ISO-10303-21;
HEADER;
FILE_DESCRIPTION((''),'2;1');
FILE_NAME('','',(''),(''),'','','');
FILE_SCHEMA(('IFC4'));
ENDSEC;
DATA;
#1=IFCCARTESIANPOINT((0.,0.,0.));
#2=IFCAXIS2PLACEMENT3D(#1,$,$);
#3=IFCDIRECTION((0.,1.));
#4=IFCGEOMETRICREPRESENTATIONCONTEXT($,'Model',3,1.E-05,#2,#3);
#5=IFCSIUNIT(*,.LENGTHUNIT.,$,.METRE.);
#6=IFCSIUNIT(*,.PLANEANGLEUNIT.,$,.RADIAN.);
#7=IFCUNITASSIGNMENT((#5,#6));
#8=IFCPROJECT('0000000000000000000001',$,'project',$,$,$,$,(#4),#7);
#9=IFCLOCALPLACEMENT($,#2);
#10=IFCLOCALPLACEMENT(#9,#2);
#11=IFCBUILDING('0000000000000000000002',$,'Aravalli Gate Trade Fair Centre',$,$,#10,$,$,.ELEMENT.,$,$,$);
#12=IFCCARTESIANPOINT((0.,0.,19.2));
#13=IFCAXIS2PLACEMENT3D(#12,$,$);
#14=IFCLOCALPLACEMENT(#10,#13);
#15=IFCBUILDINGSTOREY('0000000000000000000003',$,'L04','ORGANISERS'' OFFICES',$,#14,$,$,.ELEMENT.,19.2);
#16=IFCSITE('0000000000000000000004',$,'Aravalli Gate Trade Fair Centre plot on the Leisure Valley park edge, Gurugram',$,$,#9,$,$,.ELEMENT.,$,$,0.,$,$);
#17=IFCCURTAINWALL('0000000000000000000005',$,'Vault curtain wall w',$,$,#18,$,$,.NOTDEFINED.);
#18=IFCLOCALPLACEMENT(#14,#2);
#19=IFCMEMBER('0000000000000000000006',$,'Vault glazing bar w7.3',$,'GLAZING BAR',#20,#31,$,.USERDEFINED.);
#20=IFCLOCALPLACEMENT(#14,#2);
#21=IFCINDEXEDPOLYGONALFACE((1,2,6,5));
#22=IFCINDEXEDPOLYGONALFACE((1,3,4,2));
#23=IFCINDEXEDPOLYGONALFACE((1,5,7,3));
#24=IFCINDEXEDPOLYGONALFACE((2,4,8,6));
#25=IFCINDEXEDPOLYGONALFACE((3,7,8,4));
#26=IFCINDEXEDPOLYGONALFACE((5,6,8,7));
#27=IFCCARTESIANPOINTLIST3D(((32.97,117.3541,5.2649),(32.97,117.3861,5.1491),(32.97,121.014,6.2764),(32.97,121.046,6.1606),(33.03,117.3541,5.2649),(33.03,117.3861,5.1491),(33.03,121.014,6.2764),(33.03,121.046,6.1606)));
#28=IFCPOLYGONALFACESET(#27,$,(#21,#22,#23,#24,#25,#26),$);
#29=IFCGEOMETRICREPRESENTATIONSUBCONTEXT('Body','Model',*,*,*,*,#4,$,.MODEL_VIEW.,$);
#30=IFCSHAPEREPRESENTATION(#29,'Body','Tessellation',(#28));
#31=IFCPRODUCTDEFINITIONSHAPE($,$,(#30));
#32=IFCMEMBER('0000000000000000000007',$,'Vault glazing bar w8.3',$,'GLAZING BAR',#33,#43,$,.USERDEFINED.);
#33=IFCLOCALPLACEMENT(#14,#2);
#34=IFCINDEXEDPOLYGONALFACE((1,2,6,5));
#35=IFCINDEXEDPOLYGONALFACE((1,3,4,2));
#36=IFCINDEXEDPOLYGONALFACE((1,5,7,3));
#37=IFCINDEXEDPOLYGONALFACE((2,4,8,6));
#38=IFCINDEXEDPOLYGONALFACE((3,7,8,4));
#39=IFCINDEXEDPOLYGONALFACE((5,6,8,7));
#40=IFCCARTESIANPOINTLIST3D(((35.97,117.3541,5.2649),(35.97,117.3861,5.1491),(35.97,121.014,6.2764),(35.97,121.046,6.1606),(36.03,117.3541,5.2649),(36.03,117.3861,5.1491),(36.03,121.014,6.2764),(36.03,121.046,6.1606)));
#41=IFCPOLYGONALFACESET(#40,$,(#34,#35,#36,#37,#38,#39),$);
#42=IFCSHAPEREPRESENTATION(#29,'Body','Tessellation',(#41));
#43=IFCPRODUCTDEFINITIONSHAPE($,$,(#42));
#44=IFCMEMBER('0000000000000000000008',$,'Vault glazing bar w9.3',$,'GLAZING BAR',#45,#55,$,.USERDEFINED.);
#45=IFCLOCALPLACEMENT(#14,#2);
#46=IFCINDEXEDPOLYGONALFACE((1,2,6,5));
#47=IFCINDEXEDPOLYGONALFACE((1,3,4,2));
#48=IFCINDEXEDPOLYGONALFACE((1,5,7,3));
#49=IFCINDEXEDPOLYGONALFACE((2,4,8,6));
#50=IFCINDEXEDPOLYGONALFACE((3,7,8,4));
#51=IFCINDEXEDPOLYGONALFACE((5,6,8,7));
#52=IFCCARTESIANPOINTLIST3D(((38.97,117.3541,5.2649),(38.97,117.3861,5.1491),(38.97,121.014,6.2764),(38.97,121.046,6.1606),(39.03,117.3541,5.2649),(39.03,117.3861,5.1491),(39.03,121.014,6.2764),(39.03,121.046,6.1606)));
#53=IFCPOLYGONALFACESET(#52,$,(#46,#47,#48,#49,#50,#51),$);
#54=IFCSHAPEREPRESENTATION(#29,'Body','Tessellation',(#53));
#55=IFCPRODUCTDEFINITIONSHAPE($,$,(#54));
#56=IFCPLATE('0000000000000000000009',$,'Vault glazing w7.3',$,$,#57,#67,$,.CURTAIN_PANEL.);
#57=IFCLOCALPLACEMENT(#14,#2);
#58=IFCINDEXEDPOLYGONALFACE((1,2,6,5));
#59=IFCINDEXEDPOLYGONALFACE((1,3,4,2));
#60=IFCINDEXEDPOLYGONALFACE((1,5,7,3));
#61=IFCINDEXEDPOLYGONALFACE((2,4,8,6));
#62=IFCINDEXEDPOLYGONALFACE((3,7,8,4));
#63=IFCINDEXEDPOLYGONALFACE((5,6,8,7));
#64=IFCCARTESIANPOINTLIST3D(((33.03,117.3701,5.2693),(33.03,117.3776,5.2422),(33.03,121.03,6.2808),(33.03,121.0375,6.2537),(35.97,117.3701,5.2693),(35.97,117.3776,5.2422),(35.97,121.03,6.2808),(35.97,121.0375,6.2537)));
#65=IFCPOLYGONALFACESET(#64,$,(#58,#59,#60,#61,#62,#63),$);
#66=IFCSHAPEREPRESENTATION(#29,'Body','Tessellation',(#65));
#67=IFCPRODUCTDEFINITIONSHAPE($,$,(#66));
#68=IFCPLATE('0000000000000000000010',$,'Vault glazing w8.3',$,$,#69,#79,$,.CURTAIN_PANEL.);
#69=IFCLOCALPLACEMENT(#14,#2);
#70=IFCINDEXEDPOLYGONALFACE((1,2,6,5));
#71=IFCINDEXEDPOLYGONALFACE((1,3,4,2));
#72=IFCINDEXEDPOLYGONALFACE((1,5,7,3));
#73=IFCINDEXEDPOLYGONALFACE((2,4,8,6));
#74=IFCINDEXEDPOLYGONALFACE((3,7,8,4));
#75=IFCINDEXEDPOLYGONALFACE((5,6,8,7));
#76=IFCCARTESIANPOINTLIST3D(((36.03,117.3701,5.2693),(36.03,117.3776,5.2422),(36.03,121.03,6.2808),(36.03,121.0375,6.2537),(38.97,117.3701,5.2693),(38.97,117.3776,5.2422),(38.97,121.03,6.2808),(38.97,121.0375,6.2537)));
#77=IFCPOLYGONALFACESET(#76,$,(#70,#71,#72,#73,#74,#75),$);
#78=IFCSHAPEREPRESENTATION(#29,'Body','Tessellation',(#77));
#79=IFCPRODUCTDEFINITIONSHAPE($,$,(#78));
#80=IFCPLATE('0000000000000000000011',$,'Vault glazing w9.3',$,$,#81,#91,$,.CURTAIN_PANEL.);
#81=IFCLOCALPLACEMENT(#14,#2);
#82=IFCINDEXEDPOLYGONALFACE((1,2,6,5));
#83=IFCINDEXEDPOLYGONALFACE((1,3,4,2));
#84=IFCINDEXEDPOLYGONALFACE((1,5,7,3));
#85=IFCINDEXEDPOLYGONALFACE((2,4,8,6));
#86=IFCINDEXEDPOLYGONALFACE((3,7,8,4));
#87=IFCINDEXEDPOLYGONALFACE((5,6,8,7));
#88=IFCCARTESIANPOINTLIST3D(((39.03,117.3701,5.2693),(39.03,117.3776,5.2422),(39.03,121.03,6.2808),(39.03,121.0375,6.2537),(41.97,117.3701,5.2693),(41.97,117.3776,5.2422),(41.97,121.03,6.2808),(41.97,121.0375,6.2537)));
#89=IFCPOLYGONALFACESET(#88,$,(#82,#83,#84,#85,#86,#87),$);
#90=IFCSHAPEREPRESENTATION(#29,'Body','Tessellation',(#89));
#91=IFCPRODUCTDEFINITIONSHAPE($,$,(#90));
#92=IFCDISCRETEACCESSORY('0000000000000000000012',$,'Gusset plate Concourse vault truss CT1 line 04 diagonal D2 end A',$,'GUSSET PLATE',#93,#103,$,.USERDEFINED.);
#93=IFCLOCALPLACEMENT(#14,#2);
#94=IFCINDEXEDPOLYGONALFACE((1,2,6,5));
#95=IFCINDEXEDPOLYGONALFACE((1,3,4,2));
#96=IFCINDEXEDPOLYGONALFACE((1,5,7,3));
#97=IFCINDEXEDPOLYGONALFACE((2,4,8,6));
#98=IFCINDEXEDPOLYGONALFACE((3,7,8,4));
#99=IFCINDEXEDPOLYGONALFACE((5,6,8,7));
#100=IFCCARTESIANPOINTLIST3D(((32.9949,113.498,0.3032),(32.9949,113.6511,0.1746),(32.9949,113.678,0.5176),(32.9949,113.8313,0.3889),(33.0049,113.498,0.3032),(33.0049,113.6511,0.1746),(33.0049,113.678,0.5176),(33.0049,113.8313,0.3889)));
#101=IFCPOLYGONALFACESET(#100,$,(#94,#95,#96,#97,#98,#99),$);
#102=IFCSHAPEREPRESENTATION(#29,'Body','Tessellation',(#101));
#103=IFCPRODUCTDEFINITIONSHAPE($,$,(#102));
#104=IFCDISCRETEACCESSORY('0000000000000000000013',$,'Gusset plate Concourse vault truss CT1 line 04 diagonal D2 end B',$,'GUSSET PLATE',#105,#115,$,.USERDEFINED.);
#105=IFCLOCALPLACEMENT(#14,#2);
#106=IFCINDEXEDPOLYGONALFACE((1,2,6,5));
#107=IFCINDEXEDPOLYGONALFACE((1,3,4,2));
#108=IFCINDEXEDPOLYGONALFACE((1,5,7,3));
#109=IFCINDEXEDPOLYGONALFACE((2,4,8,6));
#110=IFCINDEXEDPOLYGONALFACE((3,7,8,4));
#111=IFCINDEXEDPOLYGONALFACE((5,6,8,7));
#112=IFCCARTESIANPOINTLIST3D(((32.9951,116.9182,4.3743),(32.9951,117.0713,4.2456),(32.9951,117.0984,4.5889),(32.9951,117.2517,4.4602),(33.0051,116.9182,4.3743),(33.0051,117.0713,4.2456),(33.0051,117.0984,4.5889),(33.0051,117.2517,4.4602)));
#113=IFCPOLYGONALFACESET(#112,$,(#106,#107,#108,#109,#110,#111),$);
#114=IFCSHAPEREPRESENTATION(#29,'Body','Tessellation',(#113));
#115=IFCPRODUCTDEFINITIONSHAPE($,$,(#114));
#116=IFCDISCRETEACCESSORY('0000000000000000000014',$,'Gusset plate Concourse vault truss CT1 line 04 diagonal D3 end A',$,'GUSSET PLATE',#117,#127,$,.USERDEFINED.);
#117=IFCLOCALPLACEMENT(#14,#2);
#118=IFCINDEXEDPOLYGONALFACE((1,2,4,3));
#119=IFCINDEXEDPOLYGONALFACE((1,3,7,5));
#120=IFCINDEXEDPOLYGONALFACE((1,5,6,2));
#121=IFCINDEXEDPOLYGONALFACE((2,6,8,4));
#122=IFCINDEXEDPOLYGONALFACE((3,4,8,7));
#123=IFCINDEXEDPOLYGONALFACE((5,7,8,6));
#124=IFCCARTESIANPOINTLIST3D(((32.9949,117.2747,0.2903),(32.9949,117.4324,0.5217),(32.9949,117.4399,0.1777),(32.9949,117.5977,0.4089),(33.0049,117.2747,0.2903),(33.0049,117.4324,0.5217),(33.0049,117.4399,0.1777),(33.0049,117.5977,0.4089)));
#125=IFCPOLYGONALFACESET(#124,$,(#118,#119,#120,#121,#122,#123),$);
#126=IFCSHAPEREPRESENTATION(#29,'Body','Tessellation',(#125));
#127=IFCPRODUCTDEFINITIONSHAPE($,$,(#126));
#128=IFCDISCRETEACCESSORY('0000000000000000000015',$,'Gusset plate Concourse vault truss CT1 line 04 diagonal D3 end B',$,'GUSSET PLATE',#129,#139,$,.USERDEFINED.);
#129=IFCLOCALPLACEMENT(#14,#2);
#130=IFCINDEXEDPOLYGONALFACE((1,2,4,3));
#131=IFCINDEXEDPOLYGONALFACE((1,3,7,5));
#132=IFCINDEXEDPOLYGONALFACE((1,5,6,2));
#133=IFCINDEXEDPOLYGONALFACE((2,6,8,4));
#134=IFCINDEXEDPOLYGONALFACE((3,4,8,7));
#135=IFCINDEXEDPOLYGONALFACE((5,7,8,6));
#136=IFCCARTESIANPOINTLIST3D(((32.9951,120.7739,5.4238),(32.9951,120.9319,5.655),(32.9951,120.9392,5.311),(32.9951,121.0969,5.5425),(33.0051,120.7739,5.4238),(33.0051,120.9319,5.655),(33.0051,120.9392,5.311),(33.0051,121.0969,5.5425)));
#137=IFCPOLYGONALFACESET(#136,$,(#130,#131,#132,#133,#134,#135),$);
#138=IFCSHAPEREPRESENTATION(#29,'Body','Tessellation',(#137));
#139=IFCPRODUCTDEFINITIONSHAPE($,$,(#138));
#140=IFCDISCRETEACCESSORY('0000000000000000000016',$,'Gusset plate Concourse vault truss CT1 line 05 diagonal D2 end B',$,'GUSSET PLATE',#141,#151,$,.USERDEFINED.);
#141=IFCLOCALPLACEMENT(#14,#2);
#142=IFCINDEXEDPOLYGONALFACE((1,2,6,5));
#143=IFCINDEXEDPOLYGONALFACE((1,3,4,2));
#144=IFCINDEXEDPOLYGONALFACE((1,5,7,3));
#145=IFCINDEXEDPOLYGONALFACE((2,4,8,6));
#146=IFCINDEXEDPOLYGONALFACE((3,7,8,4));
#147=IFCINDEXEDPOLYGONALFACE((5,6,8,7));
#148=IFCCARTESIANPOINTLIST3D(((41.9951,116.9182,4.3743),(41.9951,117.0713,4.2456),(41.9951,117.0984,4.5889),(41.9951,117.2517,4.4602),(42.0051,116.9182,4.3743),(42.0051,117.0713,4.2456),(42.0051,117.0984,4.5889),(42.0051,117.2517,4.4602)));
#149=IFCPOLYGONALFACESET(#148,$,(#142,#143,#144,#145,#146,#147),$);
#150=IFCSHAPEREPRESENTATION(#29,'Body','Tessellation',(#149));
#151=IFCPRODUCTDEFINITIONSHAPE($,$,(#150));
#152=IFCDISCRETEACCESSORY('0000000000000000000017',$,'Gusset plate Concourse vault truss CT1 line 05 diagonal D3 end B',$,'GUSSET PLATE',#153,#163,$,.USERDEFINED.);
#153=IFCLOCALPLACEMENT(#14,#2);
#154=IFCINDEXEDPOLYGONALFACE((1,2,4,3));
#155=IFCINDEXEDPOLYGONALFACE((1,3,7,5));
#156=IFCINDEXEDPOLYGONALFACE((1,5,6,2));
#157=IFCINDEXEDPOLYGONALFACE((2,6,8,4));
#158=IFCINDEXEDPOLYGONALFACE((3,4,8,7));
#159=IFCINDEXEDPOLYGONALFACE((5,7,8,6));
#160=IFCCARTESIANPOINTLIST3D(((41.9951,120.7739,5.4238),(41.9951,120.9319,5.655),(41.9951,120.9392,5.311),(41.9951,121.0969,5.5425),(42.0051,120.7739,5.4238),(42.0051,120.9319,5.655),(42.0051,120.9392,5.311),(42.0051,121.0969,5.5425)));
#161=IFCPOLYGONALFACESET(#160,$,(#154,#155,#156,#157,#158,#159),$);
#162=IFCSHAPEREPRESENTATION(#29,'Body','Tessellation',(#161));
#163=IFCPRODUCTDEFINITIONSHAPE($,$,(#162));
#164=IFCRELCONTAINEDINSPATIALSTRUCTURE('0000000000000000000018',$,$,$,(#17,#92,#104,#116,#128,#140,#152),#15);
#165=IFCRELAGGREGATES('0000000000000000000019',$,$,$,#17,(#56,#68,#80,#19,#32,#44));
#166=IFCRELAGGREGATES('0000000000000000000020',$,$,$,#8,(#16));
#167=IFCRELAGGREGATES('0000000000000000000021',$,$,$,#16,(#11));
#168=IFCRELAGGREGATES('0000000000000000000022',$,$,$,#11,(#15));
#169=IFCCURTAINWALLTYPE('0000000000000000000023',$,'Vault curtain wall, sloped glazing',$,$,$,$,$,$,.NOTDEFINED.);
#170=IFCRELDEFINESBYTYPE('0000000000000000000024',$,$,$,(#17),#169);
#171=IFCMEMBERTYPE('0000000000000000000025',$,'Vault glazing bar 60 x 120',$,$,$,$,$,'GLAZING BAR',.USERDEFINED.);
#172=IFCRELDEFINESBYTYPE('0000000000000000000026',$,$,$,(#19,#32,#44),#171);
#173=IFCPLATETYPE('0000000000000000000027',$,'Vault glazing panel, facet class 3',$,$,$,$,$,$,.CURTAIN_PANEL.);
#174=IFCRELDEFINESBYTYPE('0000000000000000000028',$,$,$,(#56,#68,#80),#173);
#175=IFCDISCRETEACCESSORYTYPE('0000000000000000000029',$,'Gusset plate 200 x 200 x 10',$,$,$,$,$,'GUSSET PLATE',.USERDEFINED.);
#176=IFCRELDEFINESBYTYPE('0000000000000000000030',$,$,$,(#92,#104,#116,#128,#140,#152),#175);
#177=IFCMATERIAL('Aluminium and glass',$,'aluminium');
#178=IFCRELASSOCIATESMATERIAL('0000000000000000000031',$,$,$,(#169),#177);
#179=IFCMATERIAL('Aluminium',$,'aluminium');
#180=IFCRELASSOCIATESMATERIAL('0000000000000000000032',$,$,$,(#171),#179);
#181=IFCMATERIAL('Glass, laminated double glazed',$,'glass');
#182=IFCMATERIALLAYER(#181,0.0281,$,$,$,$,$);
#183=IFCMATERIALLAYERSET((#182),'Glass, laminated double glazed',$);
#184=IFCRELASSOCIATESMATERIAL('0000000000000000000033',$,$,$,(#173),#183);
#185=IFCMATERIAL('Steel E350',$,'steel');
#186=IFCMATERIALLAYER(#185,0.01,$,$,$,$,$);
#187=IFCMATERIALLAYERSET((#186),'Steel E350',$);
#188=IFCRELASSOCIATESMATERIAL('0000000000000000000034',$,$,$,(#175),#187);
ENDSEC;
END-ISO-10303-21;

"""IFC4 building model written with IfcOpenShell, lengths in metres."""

from ifc_helpers import new_model, si_unit, direction, frame, origin, origin_2d, place, context, subcontext, project, spatial, polyline, rectangle, outline, extrude, material, layer, layer_set, material_profile, profile_set, type_object, element, aggregate, save


model = new_model("IFC4")

# Units and contexts
model_context = context("Model", 3, precision=1e-05, world=origin(), true_north=direction((0.0, 1.0)))
body_context = subcontext(model_context, "Body", "Model", "MODEL_VIEW")
ifc_project = project(units=[si_unit("LENGTHUNIT", "METRE"), si_unit("PLANEANGLEUNIT", "RADIAN")], contexts=[model_context])

# Site, building, storey
site_placement = place(None, origin())
site = spatial("IfcSite", under=ifc_project, at=site_placement, Name="Aravalli Gate Trade Fair Centre plot on the Leisure Valley park edge, Gurugram", CompositionType="ELEMENT", RefElevation=0.0)
building_placement = place(site_placement, origin())
building = spatial("IfcBuilding", under=site, at=building_placement, Name="Aravalli Gate Trade Fair Centre", CompositionType="ELEMENT")
storey_placement = place(building_placement, frame((0.0, 0.0, 19.2)))
storey = spatial("IfcBuildingStorey", under=building, at=storey_placement, Name="L04", Description="ORGANISERS' OFFICES", CompositionType="ELEMENT", Elevation=19.2)

# Shared definitions
ifc_material_1 = material(Name="Steel E350", Category="steel")
ifc_material_2 = material(Name="Aluminium", Category="aluminium")

# Curtain wall, members, plates
ifc_material_3 = material(Name="Aluminium and glass", Category="aluminium")
curtain_wall_type = type_object("IfcCurtainWallType", Name="Vault curtain wall, sloped glazing", PredefinedType="NOTDEFINED", material=ifc_material_3)
curtain_wall_placement = place(storey_placement, origin())
curtain_wall = element("IfcCurtainWall", 1, at=curtain_wall_placement, inside=storey, type_object=curtain_wall_type, Name="Vault curtain wall w", PredefinedType="NOTDEFINED")
ifc_material_profile_1 = material_profile(ifc_material_2, rectangle(XDim=0.0601, YDim=0.1201, at=origin_2d()), Name="Vault glazing bar 60 x 120")
ifc_profile_set_1 = profile_set([ifc_material_profile_1], Name="Aluminium")
member_type_1 = type_object("IfcMemberType", Name="Vault glazing bar 60 x 120", ElementType="GLAZING BAR", PredefinedType="USERDEFINED", material=ifc_profile_set_1)
member_1_placement = place(storey_placement, frame((33.0, 117.3701, 5.207), z_axis=(0.0, 0.963868, 0.26638), x_axis=(-1.0, 0.0, 0.0)))
member_1 = element("IfcMember", 2, at=member_1_placement, type_object=member_type_1, Name="Vault glazing bar w7.3", ObjectType="GLAZING BAR", PredefinedType="USERDEFINED", context=body_context, shape_type="SweptSolid", body=[
    extrude(rectangle(XDim=0.0601, YDim=0.1201, at=origin_2d()), origin(), (0.0, 0.0, 1.0), 3.7971),
])
member_2_placement = place(storey_placement, frame((36.0, 117.3701, 5.207), z_axis=(0.0, 0.963868, 0.26638), x_axis=(-1.0, 0.0, 0.0)))
member_2 = element("IfcMember", 3, at=member_2_placement, type_object=member_type_1, Name="Vault glazing bar w8.3", ObjectType="GLAZING BAR", PredefinedType="USERDEFINED", context=body_context, shape_type="SweptSolid", body=[
    extrude(rectangle(XDim=0.0601, YDim=0.1201, at=origin_2d()), origin(), (0.0, 0.0, 1.0), 3.7971),
])
member_3_placement = place(storey_placement, frame((39.0, 117.3701, 5.207), z_axis=(0.0, 0.963868, 0.26638), x_axis=(-1.0, 0.0, 0.0)))
member_3 = element("IfcMember", 4, at=member_3_placement, type_object=member_type_1, Name="Vault glazing bar w9.3", ObjectType="GLAZING BAR", PredefinedType="USERDEFINED", context=body_context, shape_type="SweptSolid", body=[
    extrude(rectangle(XDim=0.0601, YDim=0.1201, at=origin_2d()), origin(), (0.0, 0.0, 1.0), 3.7971),
])
ifc_material_4 = material(Name="Glass, laminated double glazed", Category="glass")
ifc_layer_1 = layer(ifc_material_4, 0.0281)
ifc_layer_set_1 = layer_set([ifc_layer_1], Name="Glass, laminated double glazed")
plate_type = type_object("IfcPlateType", Name="Vault glazing panel, facet class 3", PredefinedType="CURTAIN_PANEL", material=ifc_layer_set_1)
plate_1_placement = place(storey_placement, frame((33.03, 117.3701, 5.2693), z_axis=(0.0, -0.26638, 0.963868), x_axis=(1.0, 0.0, 0.0)))
plate_1 = element("IfcPlate", 5, at=plate_1_placement, type_object=plate_type, Name="Vault glazing w7.3", PredefinedType="CURTAIN_PANEL", context=body_context, shape_type="SweptSolid", body=[
    extrude(outline(polyline([(0.0, 0.0), (2.9399, 0.0), (2.9399, 3.7971), (0.0, 3.7971), (0.0, 0.0)])), origin(), (0.0, 0.0, -1.0), 0.0281),
])
plate_2_placement = place(storey_placement, frame((36.03, 117.3701, 5.2693), z_axis=(0.0, -0.26638, 0.963868), x_axis=(1.0, 0.0, 0.0)))
plate_2 = element("IfcPlate", 6, at=plate_2_placement, type_object=plate_type, Name="Vault glazing w8.3", PredefinedType="CURTAIN_PANEL", context=body_context, shape_type="SweptSolid", body=[
    extrude(outline(polyline([(0.0, 0.0), (2.9399, 0.0), (2.9399, 3.7971), (0.0, 3.7971), (0.0, 0.0)])), origin(), (0.0, 0.0, -1.0), 0.0281),
])
plate_3_placement = place(storey_placement, frame((39.03, 117.3701, 5.2693), z_axis=(0.0, -0.26638, 0.963868), x_axis=(1.0, 0.0, 0.0)))
plate_3 = element("IfcPlate", 7, at=plate_3_placement, type_object=plate_type, Name="Vault glazing w9.3", PredefinedType="CURTAIN_PANEL", context=body_context, shape_type="SweptSolid", body=[
    extrude(outline(polyline([(0.0, 0.0), (2.9399, 0.0), (2.9399, 3.7971), (0.0, 3.7971), (0.0, 0.0)])), origin(), (0.0, 0.0, -1.0), 0.0281),
])
aggregate(curtain_wall, [plate_1, plate_2, plate_3, member_1, member_2, member_3])

# Discrete accessories
ifc_layer_2 = layer(ifc_material_1, 0.01)
ifc_layer_set_2 = layer_set([ifc_layer_2], Name="Steel E350")
discrete_accessory_type = type_object("IfcDiscreteAccessoryType", Name="Gusset plate 200 x 200 x 10", ElementType="GUSSET PLATE", PredefinedType="USERDEFINED", material=ifc_layer_set_2)
discrete_accessory_1_placement = place(storey_placement, frame((33.0049, 113.678, 0.5176), z_axis=(1.0, 0.0, 0.0), x_axis=(0.0, -0.642926, -0.765928)))
element("IfcDiscreteAccessory", 8, at=discrete_accessory_1_placement, inside=storey, type_object=discrete_accessory_type, Name="Gusset plate Concourse vault truss CT1 line 04 diagonal D2 end A", ObjectType="GUSSET PLATE", PredefinedType="USERDEFINED", context=body_context, shape_type="SweptSolid", body=[
    extrude(outline(polyline([(0.0, 0.0), (0.2799, 0.0), (0.28, 0.2), (0.0, 0.2002), (0.0, 0.0)])), origin(), (0.0, 0.0, -1.0), 0.01),
])
discrete_accessory_2_placement = place(storey_placement, frame((32.9951, 116.9182, 4.3743), z_axis=(-1.0, 0.0, 0.0), x_axis=(0.0, 0.643008, 0.765859)))
element("IfcDiscreteAccessory", 9, at=discrete_accessory_2_placement, inside=storey, type_object=discrete_accessory_type, Name="Gusset plate Concourse vault truss CT1 line 04 diagonal D2 end B", ObjectType="GUSSET PLATE", PredefinedType="USERDEFINED", context=body_context, shape_type="SweptSolid", body=[
    extrude(outline(polyline([(0.0, 0.0), (0.2802, 0.0), (0.2803, 0.2002), (-0.0001, 0.2), (0.0, 0.0)])), origin(), (0.0, 0.0, -1.0), 0.01),
])
discrete_accessory_3_placement = place(storey_placement, frame((33.0049, 117.4324, 0.5217), z_axis=(1.0, 0.0, 0.0), x_axis=(0.0, -0.56312, -0.826375)))
element("IfcDiscreteAccessory", 10, at=discrete_accessory_3_placement, inside=storey, type_object=discrete_accessory_type, Name="Gusset plate Concourse vault truss CT1 line 04 diagonal D3 end A", ObjectType="GUSSET PLATE", PredefinedType="USERDEFINED", context=body_context, shape_type="SweptSolid", body=[
    extrude(outline(polyline([(0.0, 0.0), (0.2801, 0.0), (0.28, 0.2), (0.0001, 0.2001), (0.0, 0.0)])), origin(), (0.0, 0.0, -1.0), 0.01),
])
discrete_accessory_4_placement = place(storey_placement, frame((32.9951, 120.7739, 5.4238), z_axis=(-1.0, 0.0, 0.0), x_axis=(0.0, 0.564121, 0.825692)))
element("IfcDiscreteAccessory", 11, at=discrete_accessory_4_placement, inside=storey, type_object=discrete_accessory_type, Name="Gusset plate Concourse vault truss CT1 line 04 diagonal D3 end B", ObjectType="GUSSET PLATE", PredefinedType="USERDEFINED", context=body_context, shape_type="SweptSolid", body=[
    extrude(outline(polyline([(0.0, 0.0), (0.28, 0.0), (0.2802, 0.1998), (0.0001, 0.2001), (0.0, 0.0)])), origin(), (0.0, 0.0, -1.0), 0.01),
])
discrete_accessory_5_placement = place(storey_placement, frame((41.9951, 116.9182, 4.3743), z_axis=(-1.0, 0.0, 0.0), x_axis=(0.0, 0.643008, 0.765859)))
element("IfcDiscreteAccessory", 12, at=discrete_accessory_5_placement, inside=storey, type_object=discrete_accessory_type, Name="Gusset plate Concourse vault truss CT1 line 05 diagonal D2 end B", ObjectType="GUSSET PLATE", PredefinedType="USERDEFINED", context=body_context, shape_type="SweptSolid", body=[
    extrude(outline(polyline([(0.0, 0.0), (0.2802, 0.0), (0.2803, 0.2002), (-0.0001, 0.2), (0.0, 0.0)])), origin(), (0.0, 0.0, -1.0), 0.01),
])
discrete_accessory_6_placement = place(storey_placement, frame((41.9951, 120.7739, 5.4238), z_axis=(-1.0, 0.0, 0.0), x_axis=(0.0, 0.564121, 0.825692)))
element("IfcDiscreteAccessory", 13, at=discrete_accessory_6_placement, inside=storey, type_object=discrete_accessory_type, Name="Gusset plate Concourse vault truss CT1 line 05 diagonal D3 end B", ObjectType="GUSSET PLATE", PredefinedType="USERDEFINED", context=body_context, shape_type="SweptSolid", body=[
    extrude(outline(polyline([(0.0, 0.0), (0.28, 0.0), (0.2802, 0.1998), (0.0001, 0.2001), (0.0, 0.0)])), origin(), (0.0, 0.0, -1.0), 0.01),
])

save(model, "model.ifc")
